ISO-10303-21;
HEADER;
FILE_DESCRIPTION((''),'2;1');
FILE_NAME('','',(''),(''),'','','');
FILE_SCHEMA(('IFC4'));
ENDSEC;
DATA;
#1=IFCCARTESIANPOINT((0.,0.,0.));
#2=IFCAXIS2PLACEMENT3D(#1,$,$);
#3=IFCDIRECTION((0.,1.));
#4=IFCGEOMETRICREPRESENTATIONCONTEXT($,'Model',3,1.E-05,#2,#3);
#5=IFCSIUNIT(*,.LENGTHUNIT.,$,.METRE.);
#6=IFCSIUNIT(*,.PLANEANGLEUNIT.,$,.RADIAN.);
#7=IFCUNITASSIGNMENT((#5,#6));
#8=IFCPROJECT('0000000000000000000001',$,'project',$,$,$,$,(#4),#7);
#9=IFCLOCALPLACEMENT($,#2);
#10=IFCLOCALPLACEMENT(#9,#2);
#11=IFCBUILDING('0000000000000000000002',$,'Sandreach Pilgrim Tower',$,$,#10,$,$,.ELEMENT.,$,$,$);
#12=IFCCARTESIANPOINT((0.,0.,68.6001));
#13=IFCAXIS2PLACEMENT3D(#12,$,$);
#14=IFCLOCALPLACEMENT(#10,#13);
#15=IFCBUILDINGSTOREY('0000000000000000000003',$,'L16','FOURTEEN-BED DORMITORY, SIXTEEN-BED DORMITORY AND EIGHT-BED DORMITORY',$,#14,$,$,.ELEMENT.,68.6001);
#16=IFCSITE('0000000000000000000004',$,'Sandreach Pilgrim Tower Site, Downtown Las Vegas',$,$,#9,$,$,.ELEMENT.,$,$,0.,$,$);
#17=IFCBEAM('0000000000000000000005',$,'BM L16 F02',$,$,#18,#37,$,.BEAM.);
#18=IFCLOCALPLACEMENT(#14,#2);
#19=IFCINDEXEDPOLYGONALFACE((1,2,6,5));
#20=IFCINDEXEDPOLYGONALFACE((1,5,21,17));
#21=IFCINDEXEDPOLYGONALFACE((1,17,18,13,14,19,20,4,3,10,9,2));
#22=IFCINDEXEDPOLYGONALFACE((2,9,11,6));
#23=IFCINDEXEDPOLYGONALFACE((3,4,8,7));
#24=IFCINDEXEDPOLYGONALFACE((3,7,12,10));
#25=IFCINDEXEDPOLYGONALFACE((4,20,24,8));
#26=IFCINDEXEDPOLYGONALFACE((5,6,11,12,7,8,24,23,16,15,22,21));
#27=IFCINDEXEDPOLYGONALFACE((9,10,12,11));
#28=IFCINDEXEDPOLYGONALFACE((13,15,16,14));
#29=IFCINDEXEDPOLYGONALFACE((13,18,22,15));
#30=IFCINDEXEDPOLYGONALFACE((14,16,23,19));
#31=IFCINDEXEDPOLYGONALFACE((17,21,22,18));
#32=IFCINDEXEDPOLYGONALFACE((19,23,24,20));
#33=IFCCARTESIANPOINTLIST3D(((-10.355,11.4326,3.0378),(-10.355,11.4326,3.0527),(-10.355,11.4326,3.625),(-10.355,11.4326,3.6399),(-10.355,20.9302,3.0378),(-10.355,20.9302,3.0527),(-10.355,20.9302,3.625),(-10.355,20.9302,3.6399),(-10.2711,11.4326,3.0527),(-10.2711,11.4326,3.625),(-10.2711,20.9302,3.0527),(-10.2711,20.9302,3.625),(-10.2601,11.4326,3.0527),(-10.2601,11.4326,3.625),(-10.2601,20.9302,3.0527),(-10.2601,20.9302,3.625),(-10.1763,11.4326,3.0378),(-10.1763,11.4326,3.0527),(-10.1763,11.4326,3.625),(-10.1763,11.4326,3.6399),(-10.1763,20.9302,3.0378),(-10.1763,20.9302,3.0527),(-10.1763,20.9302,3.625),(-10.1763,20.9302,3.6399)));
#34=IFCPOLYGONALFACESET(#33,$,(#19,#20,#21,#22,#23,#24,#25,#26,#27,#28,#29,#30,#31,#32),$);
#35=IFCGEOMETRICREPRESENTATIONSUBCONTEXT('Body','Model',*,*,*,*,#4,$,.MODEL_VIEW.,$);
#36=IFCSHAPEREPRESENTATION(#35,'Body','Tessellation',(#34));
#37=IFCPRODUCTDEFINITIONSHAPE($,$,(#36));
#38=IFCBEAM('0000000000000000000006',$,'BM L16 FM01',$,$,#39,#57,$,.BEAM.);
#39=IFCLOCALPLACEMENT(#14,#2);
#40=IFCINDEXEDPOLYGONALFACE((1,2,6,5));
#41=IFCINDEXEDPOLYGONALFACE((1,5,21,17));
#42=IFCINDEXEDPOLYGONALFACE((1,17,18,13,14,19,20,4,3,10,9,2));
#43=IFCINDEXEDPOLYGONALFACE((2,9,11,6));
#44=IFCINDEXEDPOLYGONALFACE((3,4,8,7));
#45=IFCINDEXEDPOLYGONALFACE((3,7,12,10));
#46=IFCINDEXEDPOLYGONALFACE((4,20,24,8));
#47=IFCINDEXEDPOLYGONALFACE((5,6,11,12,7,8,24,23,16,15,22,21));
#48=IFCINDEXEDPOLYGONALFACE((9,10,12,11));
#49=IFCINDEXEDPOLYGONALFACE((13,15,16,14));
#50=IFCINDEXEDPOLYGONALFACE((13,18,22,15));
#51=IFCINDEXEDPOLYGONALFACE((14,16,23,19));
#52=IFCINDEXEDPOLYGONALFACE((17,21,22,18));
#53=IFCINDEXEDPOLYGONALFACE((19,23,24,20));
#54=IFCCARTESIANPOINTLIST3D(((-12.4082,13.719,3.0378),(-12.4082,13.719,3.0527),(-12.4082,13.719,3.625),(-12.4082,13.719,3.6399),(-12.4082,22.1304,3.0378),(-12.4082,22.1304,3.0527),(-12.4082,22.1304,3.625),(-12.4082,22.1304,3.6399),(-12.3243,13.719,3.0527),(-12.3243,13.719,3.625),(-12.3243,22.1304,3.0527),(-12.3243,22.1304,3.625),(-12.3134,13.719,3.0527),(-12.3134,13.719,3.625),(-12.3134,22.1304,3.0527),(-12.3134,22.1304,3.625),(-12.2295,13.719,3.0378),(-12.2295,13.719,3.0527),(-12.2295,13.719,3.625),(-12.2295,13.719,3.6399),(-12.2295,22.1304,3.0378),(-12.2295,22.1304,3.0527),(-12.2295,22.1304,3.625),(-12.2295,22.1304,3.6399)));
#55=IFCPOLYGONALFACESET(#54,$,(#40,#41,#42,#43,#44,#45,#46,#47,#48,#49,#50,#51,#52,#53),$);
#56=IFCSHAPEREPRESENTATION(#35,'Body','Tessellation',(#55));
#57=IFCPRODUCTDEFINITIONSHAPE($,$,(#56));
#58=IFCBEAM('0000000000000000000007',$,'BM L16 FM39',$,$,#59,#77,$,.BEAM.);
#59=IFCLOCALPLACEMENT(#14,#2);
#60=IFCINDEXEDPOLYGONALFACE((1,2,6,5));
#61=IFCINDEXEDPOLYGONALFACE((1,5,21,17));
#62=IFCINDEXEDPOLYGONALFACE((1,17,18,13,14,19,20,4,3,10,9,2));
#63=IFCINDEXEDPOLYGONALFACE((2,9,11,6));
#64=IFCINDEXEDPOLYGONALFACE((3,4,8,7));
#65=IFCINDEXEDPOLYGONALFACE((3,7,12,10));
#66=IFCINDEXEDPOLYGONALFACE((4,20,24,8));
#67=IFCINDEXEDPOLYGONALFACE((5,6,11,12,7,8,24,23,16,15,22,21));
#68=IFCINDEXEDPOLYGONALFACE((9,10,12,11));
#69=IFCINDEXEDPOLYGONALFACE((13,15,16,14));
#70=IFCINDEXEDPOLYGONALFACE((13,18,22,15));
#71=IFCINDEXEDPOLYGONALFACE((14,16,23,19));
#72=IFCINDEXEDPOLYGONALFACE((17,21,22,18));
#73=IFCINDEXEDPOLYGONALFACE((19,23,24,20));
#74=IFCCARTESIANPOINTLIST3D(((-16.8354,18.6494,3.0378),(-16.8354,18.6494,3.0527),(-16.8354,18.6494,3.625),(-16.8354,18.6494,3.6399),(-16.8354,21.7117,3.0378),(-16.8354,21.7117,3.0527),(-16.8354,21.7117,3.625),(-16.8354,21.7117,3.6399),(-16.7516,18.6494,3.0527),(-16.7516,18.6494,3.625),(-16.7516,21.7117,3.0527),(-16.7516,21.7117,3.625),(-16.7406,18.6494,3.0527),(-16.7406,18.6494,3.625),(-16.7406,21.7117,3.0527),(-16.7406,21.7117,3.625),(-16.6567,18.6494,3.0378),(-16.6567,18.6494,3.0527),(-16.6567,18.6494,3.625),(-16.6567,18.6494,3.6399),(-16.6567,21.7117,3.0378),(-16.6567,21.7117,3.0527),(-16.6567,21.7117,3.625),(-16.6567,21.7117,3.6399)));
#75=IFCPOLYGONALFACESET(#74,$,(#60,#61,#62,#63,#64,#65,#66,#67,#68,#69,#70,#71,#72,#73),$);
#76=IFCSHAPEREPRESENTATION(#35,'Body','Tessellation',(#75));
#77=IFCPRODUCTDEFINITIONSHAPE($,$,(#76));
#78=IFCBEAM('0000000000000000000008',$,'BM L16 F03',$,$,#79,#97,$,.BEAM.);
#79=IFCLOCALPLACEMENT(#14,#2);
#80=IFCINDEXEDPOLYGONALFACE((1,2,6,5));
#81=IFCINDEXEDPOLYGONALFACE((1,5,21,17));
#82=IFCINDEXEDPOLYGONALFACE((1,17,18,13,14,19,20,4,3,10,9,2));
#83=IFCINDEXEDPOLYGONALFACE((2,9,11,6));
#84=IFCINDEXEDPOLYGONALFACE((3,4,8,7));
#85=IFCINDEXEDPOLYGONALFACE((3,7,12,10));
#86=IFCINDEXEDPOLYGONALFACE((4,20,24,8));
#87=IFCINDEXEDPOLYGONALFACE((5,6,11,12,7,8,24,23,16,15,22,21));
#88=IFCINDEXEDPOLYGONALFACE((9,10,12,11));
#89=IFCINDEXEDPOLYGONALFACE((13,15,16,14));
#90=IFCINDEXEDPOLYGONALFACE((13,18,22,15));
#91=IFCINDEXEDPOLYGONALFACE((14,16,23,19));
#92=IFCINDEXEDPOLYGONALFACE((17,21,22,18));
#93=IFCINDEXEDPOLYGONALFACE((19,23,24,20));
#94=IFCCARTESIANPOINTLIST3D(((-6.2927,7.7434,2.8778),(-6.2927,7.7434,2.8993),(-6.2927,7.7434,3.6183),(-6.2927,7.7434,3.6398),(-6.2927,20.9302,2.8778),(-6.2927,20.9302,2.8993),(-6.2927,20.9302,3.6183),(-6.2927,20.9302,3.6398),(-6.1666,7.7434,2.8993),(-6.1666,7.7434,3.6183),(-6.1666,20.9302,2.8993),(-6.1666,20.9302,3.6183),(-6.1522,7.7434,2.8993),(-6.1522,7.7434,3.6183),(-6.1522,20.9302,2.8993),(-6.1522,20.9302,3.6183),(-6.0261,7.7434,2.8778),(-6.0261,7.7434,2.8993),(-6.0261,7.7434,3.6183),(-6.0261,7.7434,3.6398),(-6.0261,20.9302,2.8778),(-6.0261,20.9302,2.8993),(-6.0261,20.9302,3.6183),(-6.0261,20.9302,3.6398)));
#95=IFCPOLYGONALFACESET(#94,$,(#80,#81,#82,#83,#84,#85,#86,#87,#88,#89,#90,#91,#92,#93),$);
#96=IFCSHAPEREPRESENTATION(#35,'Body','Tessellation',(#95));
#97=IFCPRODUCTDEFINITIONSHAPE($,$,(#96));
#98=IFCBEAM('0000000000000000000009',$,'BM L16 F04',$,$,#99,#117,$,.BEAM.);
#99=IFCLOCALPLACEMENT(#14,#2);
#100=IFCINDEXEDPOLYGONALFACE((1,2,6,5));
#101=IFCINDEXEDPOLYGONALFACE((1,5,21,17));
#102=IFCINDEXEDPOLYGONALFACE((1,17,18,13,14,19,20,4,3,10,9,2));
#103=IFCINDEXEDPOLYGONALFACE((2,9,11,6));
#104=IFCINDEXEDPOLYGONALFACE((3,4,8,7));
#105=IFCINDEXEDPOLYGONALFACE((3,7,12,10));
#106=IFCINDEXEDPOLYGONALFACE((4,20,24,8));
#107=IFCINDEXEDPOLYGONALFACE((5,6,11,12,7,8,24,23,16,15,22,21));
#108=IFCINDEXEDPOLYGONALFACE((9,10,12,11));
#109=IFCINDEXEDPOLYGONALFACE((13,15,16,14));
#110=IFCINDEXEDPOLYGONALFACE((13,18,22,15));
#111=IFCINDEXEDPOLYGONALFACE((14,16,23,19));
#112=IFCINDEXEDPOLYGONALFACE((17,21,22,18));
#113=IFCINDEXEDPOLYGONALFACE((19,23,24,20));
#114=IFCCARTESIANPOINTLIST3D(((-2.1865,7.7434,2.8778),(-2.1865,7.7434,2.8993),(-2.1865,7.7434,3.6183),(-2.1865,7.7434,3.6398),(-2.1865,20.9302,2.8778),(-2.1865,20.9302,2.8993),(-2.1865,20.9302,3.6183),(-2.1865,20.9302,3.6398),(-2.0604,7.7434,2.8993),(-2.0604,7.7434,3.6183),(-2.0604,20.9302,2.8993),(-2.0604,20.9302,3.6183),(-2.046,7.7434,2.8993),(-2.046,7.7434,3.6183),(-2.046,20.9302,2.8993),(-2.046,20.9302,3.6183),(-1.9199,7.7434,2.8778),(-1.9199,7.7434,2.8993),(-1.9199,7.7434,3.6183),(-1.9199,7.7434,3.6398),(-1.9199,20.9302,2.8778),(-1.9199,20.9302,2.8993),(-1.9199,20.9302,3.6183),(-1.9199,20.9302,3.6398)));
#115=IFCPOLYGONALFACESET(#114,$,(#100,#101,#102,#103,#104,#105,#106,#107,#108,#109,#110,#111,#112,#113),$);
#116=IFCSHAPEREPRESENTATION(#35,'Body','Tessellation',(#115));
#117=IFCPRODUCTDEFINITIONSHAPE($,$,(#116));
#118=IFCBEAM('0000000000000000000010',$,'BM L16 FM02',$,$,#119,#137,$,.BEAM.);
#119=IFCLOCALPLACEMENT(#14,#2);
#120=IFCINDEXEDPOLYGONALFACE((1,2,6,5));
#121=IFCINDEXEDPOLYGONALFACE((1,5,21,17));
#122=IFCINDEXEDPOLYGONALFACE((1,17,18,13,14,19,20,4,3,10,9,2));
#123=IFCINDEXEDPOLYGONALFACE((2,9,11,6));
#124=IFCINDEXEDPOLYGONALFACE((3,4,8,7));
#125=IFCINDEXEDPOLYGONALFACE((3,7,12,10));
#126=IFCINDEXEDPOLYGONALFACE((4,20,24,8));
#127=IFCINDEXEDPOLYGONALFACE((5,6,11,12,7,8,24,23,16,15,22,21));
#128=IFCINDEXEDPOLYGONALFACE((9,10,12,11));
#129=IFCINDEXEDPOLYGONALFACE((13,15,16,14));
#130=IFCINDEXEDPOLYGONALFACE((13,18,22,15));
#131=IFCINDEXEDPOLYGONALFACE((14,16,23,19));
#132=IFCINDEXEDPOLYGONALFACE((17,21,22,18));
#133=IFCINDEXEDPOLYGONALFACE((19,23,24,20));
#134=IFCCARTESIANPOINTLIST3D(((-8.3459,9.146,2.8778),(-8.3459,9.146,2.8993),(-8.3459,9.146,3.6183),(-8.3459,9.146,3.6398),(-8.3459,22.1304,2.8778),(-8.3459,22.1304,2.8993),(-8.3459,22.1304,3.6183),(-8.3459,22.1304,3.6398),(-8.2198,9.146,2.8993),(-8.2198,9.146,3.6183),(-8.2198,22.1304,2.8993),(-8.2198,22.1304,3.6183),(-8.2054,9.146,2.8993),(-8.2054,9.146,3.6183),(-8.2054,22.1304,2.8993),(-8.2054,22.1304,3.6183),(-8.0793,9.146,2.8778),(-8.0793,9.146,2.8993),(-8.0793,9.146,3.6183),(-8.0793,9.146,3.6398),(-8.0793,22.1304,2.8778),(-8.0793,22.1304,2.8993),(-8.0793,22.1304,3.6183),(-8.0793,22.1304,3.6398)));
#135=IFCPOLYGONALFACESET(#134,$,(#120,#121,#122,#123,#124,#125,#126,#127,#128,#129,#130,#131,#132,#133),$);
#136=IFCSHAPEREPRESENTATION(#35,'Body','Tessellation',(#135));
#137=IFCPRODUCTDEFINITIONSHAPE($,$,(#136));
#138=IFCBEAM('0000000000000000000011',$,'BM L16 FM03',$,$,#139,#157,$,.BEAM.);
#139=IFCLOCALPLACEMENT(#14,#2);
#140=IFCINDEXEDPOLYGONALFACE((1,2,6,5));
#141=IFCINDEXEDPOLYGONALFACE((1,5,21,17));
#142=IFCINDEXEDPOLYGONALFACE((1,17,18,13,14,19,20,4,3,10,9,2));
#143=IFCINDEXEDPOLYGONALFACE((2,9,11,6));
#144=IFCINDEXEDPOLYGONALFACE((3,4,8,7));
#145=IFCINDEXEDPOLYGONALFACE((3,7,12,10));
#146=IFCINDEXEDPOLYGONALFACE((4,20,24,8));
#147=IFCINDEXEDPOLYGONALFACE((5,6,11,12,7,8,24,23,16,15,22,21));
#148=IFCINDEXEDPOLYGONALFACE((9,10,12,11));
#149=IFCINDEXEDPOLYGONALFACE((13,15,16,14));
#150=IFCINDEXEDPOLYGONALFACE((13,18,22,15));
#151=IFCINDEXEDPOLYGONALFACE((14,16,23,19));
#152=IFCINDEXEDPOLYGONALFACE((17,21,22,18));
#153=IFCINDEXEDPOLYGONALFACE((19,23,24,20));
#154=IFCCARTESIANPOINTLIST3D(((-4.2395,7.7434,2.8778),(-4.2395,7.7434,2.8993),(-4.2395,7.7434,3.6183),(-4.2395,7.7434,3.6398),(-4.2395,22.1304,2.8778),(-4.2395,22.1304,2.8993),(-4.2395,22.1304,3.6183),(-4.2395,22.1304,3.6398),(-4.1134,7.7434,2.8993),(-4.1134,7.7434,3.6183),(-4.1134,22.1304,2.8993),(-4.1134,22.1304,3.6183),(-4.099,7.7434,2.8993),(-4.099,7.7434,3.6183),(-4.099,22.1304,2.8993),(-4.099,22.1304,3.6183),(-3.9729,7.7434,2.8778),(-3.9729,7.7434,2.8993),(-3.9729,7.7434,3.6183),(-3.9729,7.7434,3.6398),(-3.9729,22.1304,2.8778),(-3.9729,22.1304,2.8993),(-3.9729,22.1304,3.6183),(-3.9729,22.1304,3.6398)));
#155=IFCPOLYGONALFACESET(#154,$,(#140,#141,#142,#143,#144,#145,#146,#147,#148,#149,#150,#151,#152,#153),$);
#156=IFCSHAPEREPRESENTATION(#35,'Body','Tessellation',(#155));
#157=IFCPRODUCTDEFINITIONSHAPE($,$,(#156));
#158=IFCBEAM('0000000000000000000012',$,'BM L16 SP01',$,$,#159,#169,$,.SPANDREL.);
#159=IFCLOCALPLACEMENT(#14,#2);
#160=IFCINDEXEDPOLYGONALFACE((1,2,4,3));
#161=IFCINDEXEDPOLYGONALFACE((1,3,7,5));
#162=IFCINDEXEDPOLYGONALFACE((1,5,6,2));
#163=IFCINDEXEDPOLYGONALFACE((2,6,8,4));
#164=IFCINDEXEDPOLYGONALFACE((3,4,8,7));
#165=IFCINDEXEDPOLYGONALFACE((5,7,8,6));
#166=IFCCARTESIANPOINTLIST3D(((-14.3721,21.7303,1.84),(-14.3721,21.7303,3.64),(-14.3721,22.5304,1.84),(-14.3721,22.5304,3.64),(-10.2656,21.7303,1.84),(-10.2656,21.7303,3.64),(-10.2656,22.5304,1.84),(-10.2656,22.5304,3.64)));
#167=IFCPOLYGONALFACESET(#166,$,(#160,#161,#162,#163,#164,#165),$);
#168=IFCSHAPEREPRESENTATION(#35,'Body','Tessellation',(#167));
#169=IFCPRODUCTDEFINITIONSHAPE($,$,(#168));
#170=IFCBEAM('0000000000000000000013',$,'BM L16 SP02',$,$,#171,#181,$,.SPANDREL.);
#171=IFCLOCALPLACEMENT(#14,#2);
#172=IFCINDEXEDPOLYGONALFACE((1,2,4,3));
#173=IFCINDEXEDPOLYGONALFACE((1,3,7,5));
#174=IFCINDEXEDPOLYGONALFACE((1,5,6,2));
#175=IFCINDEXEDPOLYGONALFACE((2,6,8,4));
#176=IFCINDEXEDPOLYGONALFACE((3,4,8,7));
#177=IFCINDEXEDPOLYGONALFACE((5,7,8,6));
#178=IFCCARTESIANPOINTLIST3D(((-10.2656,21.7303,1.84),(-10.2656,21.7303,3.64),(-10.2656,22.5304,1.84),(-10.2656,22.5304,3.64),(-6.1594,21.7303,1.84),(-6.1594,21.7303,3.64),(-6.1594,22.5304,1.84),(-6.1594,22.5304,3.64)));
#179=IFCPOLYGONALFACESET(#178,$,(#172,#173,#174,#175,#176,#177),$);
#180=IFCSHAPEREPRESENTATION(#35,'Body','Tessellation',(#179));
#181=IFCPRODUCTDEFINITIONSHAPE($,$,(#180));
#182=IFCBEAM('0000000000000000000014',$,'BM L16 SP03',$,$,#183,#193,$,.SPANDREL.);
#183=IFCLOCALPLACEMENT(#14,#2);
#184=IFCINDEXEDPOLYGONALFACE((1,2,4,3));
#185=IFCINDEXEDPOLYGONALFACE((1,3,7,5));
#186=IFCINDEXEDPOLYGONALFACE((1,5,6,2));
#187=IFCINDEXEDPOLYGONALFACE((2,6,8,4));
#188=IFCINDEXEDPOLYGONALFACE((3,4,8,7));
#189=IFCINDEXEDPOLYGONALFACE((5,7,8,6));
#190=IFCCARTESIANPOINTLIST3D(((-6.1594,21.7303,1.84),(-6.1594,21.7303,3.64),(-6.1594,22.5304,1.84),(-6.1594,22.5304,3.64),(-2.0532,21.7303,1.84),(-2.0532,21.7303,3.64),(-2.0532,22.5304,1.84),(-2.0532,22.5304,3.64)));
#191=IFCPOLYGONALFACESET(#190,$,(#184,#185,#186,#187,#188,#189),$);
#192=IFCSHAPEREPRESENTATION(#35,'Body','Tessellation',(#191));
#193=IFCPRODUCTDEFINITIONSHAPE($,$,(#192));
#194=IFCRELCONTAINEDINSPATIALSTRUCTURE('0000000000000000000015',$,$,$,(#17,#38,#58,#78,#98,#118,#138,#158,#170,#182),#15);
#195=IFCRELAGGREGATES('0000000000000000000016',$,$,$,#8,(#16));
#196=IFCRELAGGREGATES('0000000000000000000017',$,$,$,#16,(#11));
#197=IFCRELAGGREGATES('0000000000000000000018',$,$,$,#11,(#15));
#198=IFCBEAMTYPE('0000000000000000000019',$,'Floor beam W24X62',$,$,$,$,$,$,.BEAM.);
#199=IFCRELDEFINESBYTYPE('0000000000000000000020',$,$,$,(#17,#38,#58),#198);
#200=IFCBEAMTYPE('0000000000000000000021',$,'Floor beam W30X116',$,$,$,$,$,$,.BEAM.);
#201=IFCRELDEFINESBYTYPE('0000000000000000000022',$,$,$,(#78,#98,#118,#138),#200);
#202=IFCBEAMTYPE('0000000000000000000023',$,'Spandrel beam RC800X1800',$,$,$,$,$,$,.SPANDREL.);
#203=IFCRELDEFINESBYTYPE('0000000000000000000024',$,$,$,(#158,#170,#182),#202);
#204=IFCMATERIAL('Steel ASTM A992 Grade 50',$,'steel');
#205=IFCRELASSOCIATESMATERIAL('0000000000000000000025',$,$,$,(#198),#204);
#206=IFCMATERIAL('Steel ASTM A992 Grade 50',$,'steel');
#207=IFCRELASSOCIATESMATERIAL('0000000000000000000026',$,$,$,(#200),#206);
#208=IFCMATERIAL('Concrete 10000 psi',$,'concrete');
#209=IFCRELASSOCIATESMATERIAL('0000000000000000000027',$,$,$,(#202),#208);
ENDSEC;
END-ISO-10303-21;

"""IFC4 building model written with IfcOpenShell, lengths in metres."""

from ifc_helpers import new_model, si_unit, direction, frame, origin, origin_2d, place, context, subcontext, project, spatial, rectangle, i_section, extrude, material, material_profile, profile_set, type_object, element, save


model = new_model("IFC4")

# Units and contexts
model_context = context("Model", 3, precision=1e-05, world=origin(), true_north=direction((0.0, 1.0)))
body_context = subcontext(model_context, "Body", "Model", "MODEL_VIEW")
ifc_project = project(units=[si_unit("LENGTHUNIT", "METRE"), si_unit("PLANEANGLEUNIT", "RADIAN")], contexts=[model_context])

# Site, building, storey
site_placement = place(None, origin())
site = spatial("IfcSite", under=ifc_project, at=site_placement, Name="Sandreach Pilgrim Tower Site, Downtown Las Vegas", CompositionType="ELEMENT", RefElevation=0.0)
building_placement = place(site_placement, origin())
building = spatial("IfcBuilding", under=site, at=building_placement, Name="Sandreach Pilgrim Tower", CompositionType="ELEMENT")
storey_placement = place(building_placement, frame((0.0, 0.0, 68.6001)))
storey = spatial("IfcBuildingStorey", under=building, at=storey_placement, Name="L16", Description="FOURTEEN-BED DORMITORY, SIXTEEN-BED DORMITORY AND EIGHT-BED DORMITORY", CompositionType="ELEMENT", Elevation=68.6001)

# Beams
ifc_material_1 = material(Name="Steel ASTM A992 Grade 50", Category="steel")
ifc_material_profile_1 = material_profile(ifc_material_1, i_section(OverallWidth=0.1787, OverallDepth=0.6021, WebThickness=0.011, FlangeThickness=0.0149, at=origin_2d()), Name="W24X62")
ifc_profile_set_1 = profile_set([ifc_material_profile_1], Name="Steel ASTM A992 Grade 50")
beam_type_1 = type_object("IfcBeamType", Name="Floor beam W24X62", PredefinedType="BEAM", material=ifc_profile_set_1)
beam_1_placement = place(storey_placement, frame((-10.2656, 20.9302, 3.3389), z_axis=(0.0, -1.0, 0.0), x_axis=(1.0, 0.0, 0.0)))
element("IfcBeam", 1, at=beam_1_placement, inside=storey, type_object=beam_type_1, Name="BM L16 F02", PredefinedType="BEAM", context=body_context, shape_type="SweptSolid", body=[
    extrude(i_section(OverallWidth=0.1787, OverallDepth=0.6021, WebThickness=0.011, FlangeThickness=0.0149, at=origin_2d()), origin(), (0.0, 0.0, 1.0), 9.4976),
])
beam_2_placement = place(storey_placement, frame((-12.3188, 22.1304, 3.3389), z_axis=(0.0, -1.0, 0.0), x_axis=(1.0, 0.0, 0.0)))
element("IfcBeam", 2, at=beam_2_placement, inside=storey, type_object=beam_type_1, Name="BM L16 FM01", PredefinedType="BEAM", context=body_context, shape_type="SweptSolid", body=[
    extrude(i_section(OverallWidth=0.1787, OverallDepth=0.6021, WebThickness=0.011, FlangeThickness=0.0149, at=origin_2d()), origin(), (0.0, 0.0, 1.0), 8.4114),
])
beam_3_placement = place(storey_placement, frame((-16.7461, 21.7117, 3.3389), z_axis=(0.0, -1.0, 0.0), x_axis=(1.0, 0.0, 0.0)))
element("IfcBeam", 3, at=beam_3_placement, inside=storey, type_object=beam_type_1, Name="BM L16 FM39", PredefinedType="BEAM", context=body_context, shape_type="SweptSolid", body=[
    extrude(i_section(OverallWidth=0.1787, OverallDepth=0.6021, WebThickness=0.011, FlangeThickness=0.0149, at=origin_2d()), origin(), (0.0, 0.0, 1.0), 3.0623),
])
ifc_material_2 = material(Name="Steel ASTM A992 Grade 50", Category="steel")
ifc_material_profile_2 = material_profile(ifc_material_2, i_section(OverallWidth=0.2666, OverallDepth=0.762, WebThickness=0.0144, FlangeThickness=0.0215, at=origin_2d()), Name="W30X116")
ifc_profile_set_2 = profile_set([ifc_material_profile_2], Name="Steel ASTM A992 Grade 50")
beam_type_2 = type_object("IfcBeamType", Name="Floor beam W30X116", PredefinedType="BEAM", material=ifc_profile_set_2)
for number, where, z_axis, x_axis, name in (
    (4, (-6.1594, 20.9302, 3.2588), (0.0, -1.0, 0.0), (1.0, 0.0, 0.0), "BM L16 F03"),
    (5, (-2.0532, 20.9302, 3.2588), (0.0, -1.0, 0.0), (1.0, 0.0, 0.0), "BM L16 F04"),
):
    element("IfcBeam", number, at=place(storey_placement, frame(where, z_axis=z_axis, x_axis=x_axis)), inside=storey, type_object=beam_type_2, Name=name, PredefinedType="BEAM", context=body_context, shape_type="SweptSolid", body=[
        extrude(i_section(OverallWidth=0.2666, OverallDepth=0.762, WebThickness=0.0144, FlangeThickness=0.0215, at=origin_2d()), origin(), (0.0, 0.0, 1.0), 13.1868),
    ])
beam_4_placement = place(storey_placement, frame((-8.2126, 22.1304, 3.2588), z_axis=(0.0, -1.0, 0.0), x_axis=(1.0, 0.0, 0.0)))
element("IfcBeam", 6, at=beam_4_placement, inside=storey, type_object=beam_type_2, Name="BM L16 FM02", PredefinedType="BEAM", context=body_context, shape_type="SweptSolid", body=[
    extrude(i_section(OverallWidth=0.2666, OverallDepth=0.762, WebThickness=0.0144, FlangeThickness=0.0215, at=origin_2d()), origin(), (0.0, 0.0, 1.0), 12.9844),
])
beam_5_placement = place(storey_placement, frame((-4.1062, 22.1304, 3.2588), z_axis=(0.0, -1.0, 0.0), x_axis=(1.0, 0.0, 0.0)))
element("IfcBeam", 7, at=beam_5_placement, inside=storey, type_object=beam_type_2, Name="BM L16 FM03", PredefinedType="BEAM", context=body_context, shape_type="SweptSolid", body=[
    extrude(i_section(OverallWidth=0.2666, OverallDepth=0.762, WebThickness=0.0144, FlangeThickness=0.0215, at=origin_2d()), origin(), (0.0, 0.0, 1.0), 14.387),
])
ifc_material_3 = material(Name="Concrete 10000 psi", Category="concrete")
ifc_material_profile_3 = material_profile(ifc_material_3, rectangle(XDim=0.8, YDim=1.8, at=origin_2d()), Name="RC800X1800")
ifc_profile_set_3 = profile_set([ifc_material_profile_3], Name="Concrete 10000 psi")
beam_type_3 = type_object("IfcBeamType", Name="Spandrel beam RC800X1800", PredefinedType="SPANDREL", material=ifc_profile_set_3)
beam_6_placement = place(storey_placement, frame((-14.3721, 22.1304, 2.74), z_axis=(1.0, 0.0, 0.0), x_axis=(0.0, 1.0, 0.0)))
element("IfcBeam", 8, at=beam_6_placement, inside=storey, type_object=beam_type_3, Name="BM L16 SP01", PredefinedType="SPANDREL", context=body_context, shape_type="SweptSolid", body=[
    extrude(rectangle(XDim=0.8, YDim=1.8, at=origin_2d()), origin(), (0.0, 0.0, 1.0), 4.1064),
])
for number, where, z_axis, x_axis, name in (
    (9, (-10.2656, 22.1304, 2.74), (1.0, 0.0, 0.0), (0.0, 1.0, 0.0), "BM L16 SP02"),
    (10, (-6.1594, 22.1304, 2.74), (1.0, 0.0, 0.0), (0.0, 1.0, 0.0), "BM L16 SP03"),
):
    element("IfcBeam", number, at=place(storey_placement, frame(where, z_axis=z_axis, x_axis=x_axis)), inside=storey, type_object=beam_type_3, Name=name, PredefinedType="SPANDREL", context=body_context, shape_type="SweptSolid", body=[
        extrude(rectangle(XDim=0.8, YDim=1.8, at=origin_2d()), origin(), (0.0, 0.0, 1.0), 4.1062),
    ])

save(model, "model.ifc")
